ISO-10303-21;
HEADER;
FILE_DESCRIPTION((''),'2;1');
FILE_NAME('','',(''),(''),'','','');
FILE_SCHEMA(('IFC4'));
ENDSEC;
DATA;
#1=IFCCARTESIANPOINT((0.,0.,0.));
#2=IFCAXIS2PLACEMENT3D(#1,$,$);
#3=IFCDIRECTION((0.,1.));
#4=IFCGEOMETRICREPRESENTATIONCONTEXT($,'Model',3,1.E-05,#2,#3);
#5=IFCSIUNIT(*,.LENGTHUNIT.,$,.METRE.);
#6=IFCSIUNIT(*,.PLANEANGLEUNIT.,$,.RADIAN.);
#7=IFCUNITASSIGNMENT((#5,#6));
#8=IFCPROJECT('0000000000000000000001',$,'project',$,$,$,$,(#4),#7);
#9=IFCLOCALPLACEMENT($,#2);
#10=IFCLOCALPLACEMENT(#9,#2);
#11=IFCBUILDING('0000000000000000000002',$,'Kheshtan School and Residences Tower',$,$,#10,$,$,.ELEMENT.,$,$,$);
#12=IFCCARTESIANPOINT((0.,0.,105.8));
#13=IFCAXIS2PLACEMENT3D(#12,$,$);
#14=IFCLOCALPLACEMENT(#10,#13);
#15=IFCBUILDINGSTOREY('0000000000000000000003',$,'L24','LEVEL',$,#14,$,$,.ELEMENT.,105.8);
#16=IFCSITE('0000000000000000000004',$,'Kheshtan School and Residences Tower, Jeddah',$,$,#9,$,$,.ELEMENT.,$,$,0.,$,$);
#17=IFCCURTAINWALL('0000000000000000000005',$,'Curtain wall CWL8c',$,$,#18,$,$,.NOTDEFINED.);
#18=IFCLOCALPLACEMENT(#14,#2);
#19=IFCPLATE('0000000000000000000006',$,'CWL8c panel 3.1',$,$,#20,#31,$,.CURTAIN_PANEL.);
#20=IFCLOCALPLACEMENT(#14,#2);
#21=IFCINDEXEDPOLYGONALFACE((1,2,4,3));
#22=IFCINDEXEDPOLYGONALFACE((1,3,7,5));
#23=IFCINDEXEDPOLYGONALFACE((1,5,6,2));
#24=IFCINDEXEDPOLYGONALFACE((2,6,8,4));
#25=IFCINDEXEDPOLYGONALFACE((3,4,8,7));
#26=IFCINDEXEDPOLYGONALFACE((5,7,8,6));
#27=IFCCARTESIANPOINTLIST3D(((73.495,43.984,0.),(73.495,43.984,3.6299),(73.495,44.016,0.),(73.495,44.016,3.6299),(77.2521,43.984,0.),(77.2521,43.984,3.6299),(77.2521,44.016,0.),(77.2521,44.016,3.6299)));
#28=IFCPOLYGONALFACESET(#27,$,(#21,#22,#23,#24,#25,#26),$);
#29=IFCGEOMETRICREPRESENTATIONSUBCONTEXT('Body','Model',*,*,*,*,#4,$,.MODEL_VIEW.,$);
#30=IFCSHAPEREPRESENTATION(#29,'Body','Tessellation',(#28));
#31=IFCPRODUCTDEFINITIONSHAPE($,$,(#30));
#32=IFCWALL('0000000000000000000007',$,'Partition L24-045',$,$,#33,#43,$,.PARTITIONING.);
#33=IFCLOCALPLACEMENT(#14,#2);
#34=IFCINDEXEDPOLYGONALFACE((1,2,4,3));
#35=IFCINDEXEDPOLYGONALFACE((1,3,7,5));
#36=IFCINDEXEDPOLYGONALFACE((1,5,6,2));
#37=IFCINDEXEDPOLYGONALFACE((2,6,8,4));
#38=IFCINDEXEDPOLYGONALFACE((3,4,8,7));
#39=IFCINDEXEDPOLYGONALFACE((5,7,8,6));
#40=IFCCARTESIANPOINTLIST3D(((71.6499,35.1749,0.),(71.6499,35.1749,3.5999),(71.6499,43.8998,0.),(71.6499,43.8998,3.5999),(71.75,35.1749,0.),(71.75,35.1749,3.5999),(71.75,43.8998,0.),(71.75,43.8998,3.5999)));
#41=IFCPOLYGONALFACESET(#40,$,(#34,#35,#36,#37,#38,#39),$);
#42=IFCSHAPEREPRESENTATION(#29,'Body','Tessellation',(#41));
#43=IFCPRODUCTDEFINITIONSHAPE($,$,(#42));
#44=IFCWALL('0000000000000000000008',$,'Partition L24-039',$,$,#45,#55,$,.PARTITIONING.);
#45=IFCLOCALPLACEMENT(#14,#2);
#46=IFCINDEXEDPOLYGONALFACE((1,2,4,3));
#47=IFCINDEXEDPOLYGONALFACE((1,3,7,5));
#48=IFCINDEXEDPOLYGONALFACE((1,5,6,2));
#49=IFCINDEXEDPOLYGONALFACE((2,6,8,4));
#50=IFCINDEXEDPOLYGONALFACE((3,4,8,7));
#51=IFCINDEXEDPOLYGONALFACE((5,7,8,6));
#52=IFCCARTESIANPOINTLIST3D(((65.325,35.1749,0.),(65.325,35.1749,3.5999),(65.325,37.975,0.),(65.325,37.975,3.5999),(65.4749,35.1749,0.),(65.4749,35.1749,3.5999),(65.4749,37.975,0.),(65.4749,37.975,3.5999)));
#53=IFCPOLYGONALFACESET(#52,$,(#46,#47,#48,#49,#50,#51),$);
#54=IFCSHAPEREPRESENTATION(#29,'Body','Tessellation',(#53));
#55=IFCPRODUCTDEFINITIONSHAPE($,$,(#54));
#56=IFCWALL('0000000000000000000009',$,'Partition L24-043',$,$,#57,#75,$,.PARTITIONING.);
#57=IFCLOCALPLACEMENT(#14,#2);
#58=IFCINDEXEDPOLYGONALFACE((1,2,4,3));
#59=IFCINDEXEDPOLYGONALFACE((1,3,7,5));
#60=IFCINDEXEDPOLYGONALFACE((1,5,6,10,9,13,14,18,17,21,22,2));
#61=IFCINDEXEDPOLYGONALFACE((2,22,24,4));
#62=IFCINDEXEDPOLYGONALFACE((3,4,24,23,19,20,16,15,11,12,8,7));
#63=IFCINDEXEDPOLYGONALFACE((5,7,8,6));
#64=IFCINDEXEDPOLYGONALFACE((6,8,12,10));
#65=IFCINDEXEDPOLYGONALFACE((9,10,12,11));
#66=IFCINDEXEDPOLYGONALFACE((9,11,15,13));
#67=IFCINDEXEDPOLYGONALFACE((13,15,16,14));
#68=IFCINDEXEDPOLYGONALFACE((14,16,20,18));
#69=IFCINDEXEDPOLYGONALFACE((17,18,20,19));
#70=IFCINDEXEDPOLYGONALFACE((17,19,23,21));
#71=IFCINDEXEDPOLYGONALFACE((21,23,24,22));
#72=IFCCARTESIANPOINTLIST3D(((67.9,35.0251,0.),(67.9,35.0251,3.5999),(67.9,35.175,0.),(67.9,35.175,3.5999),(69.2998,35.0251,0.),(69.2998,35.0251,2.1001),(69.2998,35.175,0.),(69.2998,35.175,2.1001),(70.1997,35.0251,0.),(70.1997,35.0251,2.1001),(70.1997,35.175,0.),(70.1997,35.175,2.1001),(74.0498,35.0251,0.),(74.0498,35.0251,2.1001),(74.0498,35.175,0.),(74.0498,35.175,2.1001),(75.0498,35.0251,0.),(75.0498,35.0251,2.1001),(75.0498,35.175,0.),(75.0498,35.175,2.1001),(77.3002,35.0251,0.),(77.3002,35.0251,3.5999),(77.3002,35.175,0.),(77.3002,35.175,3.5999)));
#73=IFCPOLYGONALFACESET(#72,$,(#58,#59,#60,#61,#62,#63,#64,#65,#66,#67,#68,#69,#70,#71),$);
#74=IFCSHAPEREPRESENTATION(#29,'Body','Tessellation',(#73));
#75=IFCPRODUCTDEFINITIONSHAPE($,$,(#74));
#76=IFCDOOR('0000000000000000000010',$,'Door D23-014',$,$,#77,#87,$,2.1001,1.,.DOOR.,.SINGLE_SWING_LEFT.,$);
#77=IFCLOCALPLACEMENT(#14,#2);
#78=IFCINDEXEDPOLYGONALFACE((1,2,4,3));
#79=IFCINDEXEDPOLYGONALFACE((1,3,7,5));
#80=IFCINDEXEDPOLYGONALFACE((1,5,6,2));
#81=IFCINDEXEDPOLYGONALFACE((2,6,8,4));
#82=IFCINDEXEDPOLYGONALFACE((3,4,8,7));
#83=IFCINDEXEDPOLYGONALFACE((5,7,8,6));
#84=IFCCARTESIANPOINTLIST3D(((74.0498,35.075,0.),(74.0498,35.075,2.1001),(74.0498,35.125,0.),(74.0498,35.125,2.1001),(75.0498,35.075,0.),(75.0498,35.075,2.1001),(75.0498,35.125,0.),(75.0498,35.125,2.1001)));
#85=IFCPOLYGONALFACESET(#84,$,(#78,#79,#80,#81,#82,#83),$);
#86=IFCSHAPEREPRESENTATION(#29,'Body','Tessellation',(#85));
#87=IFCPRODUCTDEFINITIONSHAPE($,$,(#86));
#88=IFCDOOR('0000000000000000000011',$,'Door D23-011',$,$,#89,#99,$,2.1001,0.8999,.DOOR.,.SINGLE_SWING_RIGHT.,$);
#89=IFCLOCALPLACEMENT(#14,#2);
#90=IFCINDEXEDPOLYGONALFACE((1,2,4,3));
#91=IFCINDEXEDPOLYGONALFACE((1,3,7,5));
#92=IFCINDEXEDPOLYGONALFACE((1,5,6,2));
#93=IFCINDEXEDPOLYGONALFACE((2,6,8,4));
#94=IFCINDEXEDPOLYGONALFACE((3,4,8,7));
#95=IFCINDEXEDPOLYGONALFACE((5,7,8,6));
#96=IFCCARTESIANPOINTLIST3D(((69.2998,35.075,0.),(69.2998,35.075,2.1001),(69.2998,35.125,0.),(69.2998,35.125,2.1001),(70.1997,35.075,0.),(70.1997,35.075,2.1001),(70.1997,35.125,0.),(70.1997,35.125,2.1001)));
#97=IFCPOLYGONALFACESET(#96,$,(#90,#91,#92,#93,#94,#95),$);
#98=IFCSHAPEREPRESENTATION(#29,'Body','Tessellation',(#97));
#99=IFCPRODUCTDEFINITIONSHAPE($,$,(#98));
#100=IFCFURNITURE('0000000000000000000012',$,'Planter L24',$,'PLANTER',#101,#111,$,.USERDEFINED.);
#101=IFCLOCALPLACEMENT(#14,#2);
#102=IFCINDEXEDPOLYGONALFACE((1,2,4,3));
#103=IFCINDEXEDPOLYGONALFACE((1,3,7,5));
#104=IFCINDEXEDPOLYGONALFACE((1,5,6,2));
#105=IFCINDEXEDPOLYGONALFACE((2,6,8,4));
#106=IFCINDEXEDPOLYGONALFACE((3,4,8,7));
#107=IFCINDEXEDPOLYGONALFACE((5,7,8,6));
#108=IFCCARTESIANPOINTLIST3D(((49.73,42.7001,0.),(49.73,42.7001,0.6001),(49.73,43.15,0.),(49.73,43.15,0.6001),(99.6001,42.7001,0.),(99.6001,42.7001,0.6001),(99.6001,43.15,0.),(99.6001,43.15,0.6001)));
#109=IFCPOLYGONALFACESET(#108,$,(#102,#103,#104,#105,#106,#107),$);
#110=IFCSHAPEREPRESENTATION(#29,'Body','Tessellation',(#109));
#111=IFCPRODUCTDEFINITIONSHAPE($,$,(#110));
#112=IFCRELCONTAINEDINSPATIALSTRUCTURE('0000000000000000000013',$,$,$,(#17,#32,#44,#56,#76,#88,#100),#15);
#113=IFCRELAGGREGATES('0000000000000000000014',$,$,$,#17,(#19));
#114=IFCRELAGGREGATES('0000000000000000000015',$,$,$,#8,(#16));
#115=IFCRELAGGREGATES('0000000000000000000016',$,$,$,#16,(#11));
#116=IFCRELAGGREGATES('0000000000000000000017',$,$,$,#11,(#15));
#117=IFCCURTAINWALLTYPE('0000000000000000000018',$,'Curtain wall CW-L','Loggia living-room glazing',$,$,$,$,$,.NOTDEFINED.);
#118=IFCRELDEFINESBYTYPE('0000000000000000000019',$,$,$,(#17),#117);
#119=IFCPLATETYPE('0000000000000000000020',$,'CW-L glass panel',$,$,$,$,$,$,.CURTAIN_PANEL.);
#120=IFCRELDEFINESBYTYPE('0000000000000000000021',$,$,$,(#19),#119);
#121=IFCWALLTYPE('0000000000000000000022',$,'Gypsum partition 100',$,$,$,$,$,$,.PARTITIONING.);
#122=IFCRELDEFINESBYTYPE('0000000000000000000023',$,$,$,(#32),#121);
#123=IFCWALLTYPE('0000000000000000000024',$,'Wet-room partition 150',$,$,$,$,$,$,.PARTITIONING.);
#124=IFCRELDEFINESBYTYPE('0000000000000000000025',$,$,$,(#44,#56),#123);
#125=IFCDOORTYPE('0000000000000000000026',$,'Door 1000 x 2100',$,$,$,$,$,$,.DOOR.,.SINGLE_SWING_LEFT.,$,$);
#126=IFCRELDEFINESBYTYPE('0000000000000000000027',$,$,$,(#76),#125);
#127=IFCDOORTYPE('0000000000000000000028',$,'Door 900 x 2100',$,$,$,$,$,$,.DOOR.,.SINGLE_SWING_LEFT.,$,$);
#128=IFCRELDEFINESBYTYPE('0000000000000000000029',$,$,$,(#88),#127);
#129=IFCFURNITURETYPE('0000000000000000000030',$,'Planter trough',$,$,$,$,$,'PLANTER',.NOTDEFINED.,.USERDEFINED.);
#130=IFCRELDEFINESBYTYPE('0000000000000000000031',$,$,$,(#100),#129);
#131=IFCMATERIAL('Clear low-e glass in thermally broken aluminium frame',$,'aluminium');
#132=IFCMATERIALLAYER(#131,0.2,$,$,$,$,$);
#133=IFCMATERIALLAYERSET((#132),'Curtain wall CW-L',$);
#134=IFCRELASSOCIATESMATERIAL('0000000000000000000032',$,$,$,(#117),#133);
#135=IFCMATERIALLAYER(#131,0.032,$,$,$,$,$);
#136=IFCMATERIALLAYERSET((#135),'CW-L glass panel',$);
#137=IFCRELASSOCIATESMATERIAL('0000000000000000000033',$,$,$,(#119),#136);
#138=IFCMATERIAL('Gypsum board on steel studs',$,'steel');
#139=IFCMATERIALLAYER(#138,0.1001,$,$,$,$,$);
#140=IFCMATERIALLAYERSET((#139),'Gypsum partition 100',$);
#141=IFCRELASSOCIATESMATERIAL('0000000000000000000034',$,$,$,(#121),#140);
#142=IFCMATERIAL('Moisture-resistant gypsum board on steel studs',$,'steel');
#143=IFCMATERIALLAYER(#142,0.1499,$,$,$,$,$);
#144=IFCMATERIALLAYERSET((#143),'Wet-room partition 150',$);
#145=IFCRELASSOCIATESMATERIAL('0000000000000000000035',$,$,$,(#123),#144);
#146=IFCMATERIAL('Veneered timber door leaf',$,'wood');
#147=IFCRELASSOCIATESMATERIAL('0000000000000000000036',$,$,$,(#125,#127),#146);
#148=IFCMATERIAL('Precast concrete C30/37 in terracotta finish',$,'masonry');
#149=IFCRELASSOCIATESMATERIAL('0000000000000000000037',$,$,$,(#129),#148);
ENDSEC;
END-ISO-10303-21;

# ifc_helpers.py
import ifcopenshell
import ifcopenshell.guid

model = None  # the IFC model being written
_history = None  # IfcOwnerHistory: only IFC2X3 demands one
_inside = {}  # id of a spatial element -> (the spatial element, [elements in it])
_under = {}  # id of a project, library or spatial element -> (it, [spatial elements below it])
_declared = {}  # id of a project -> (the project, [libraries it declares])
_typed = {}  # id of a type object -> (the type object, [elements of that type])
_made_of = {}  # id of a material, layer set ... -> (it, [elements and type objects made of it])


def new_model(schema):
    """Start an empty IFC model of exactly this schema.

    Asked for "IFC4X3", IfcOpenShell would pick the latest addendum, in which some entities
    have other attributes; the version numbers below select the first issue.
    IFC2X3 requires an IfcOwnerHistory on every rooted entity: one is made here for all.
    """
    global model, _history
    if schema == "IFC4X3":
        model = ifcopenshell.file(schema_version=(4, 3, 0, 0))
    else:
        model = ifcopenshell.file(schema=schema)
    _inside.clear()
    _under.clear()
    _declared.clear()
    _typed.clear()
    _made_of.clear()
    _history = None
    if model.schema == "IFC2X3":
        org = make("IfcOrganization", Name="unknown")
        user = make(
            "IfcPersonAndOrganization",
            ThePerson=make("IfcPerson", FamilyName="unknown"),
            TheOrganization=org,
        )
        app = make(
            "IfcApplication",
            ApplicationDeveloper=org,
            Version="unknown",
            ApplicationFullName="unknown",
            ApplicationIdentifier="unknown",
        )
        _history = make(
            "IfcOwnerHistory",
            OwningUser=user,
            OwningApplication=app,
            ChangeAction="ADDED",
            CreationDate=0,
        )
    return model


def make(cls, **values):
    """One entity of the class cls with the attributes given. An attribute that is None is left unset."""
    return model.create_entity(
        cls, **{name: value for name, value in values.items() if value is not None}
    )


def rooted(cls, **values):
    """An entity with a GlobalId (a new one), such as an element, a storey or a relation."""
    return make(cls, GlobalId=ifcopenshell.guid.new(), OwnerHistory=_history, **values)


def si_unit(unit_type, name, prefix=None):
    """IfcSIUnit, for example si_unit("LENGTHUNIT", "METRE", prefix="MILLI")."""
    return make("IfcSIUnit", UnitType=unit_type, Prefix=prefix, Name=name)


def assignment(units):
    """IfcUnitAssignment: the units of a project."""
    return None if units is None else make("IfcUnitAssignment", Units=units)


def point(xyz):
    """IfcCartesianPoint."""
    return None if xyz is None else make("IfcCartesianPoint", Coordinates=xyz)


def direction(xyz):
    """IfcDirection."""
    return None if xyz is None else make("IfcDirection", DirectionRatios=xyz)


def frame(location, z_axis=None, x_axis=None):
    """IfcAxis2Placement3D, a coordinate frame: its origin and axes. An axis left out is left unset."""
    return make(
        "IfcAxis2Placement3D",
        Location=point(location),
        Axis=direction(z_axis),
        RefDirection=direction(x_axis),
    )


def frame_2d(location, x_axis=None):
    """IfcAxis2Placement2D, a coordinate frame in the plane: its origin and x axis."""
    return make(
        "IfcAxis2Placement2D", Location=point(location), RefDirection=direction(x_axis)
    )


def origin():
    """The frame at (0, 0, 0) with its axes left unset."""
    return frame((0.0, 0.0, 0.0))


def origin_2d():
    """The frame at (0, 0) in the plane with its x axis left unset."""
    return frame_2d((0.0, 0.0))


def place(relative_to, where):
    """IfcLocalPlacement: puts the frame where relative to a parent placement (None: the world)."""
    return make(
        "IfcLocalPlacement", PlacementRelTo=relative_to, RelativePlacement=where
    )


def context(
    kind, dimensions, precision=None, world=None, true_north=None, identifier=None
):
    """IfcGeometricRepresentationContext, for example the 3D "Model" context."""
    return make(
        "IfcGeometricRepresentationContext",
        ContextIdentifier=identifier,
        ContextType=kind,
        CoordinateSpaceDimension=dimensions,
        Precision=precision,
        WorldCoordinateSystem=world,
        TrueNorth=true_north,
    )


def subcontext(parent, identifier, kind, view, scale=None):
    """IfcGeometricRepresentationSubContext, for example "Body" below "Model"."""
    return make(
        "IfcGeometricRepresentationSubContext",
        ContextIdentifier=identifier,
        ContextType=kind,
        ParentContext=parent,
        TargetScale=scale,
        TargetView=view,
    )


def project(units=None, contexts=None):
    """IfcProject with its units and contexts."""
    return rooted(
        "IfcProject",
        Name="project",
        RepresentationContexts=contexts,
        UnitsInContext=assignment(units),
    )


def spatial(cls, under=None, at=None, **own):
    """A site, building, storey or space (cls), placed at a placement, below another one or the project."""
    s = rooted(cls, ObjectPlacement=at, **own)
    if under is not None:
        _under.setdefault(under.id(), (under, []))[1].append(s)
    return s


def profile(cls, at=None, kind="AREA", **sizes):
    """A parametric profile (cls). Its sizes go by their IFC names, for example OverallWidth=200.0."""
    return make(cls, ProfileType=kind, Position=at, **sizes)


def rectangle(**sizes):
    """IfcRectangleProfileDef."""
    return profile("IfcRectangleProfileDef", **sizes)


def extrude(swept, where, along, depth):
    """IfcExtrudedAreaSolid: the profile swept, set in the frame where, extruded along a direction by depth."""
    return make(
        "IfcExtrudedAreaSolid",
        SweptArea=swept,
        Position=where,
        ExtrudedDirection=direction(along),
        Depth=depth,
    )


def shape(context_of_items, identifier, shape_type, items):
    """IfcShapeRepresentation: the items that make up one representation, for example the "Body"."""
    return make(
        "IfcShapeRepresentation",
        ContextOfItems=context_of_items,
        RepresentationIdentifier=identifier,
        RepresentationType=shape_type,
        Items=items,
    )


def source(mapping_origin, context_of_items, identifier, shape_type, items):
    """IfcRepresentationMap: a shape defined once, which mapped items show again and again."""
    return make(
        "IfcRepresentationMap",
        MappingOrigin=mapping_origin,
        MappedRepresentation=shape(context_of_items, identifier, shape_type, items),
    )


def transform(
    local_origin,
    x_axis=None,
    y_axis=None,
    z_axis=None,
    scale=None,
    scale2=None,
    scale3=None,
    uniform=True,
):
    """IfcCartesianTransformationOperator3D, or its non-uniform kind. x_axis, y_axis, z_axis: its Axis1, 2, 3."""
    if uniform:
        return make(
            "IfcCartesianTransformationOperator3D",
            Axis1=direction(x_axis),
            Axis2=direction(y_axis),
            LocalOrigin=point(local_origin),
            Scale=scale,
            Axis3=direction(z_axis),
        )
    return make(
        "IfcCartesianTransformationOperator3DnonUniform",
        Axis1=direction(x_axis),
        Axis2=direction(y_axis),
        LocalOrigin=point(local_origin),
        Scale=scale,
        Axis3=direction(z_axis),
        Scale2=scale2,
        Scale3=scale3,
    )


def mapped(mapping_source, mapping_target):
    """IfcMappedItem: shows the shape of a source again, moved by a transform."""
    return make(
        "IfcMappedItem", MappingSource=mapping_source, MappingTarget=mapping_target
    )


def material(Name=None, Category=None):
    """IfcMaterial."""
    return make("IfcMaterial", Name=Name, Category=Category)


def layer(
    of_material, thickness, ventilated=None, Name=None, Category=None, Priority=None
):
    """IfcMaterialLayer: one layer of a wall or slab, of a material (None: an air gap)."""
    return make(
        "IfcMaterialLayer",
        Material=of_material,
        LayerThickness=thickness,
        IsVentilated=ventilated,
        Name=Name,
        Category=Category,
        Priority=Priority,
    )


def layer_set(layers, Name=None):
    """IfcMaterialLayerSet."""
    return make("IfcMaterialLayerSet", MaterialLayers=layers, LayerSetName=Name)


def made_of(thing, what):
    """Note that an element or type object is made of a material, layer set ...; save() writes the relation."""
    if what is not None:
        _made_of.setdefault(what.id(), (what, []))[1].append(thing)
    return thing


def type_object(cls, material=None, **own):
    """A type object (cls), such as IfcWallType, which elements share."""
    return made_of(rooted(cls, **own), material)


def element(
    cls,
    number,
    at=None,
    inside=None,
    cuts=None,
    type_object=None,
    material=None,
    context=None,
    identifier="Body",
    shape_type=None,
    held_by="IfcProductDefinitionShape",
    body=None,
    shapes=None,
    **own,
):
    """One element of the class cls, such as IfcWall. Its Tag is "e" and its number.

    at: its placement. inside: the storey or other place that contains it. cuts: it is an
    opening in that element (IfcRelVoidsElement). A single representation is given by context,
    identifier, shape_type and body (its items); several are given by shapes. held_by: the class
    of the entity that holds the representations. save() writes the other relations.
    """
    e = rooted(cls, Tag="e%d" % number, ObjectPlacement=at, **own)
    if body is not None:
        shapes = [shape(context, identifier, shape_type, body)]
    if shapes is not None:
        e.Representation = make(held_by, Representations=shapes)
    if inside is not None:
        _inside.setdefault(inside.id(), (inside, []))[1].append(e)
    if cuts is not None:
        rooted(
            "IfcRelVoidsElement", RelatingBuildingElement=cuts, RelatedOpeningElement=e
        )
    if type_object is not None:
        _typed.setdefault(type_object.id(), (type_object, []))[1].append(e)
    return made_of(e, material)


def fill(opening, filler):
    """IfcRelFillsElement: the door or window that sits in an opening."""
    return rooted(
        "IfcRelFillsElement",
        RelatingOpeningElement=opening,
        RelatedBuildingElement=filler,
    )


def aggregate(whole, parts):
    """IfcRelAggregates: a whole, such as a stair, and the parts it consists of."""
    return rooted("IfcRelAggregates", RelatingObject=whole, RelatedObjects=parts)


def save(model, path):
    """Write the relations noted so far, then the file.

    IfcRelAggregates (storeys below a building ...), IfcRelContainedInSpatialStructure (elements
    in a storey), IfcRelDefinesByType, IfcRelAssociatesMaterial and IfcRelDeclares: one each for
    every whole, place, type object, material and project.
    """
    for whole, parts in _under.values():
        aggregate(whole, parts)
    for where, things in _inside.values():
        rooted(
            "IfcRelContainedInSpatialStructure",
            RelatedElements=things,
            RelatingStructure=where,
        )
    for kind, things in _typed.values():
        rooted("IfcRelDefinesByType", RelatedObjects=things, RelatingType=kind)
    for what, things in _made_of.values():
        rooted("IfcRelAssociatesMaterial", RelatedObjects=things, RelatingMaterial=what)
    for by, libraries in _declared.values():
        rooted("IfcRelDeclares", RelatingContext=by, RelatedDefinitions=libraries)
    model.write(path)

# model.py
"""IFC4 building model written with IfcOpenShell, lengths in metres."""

from ifc_helpers import new_model, si_unit, direction, frame, frame_2d, origin, origin_2d, place, context, subcontext, project, spatial, rectangle, extrude, source, transform, mapped, material, layer, layer_set, type_object, element, fill, aggregate, save


model = new_model("IFC4")

# Units and contexts
model_context = context("Model", 3, precision=1e-05, world=origin(), true_north=direction((0.0, 1.0)))
body_context = subcontext(model_context, "Body", "Model", "MODEL_VIEW")
ifc_project = project(units=[si_unit("LENGTHUNIT", "METRE"), si_unit("PLANEANGLEUNIT", "RADIAN")], contexts=[model_context])

# Site, building, storey
site_placement = place(None, origin())
site = spatial("IfcSite", under=ifc_project, at=site_placement, Name="Kheshtan School and Residences Tower, Jeddah", CompositionType="ELEMENT", RefElevation=0.0)
building_placement = place(site_placement, origin())
building = spatial("IfcBuilding", under=site, at=building_placement, Name="Kheshtan School and Residences Tower", CompositionType="ELEMENT")
storey_placement = place(building_placement, frame((0.0, 0.0, 105.8)))
storey = spatial("IfcBuildingStorey", under=building, at=storey_placement, Name="L24", Description="LEVEL", CompositionType="ELEMENT", Elevation=105.8)

# Curtain wall
ifc_material_1 = material(Name="Clear low-e glass in thermally broken aluminium frame", Category="aluminium")
ifc_layer_1 = layer(ifc_material_1, 0.2)
ifc_layer_set_1 = layer_set([ifc_layer_1], Name="Curtain wall CW-L")
curtain_wall_type = type_object("IfcCurtainWallType", Name="Curtain wall CW-L", Description="Loggia living-room glazing", PredefinedType="NOTDEFINED", material=ifc_layer_set_1)
curtain_wall_1_placement = place(storey_placement, origin())
curtain_wall_1 = element("IfcCurtainWall", 1, at=curtain_wall_1_placement, inside=storey, type_object=curtain_wall_type, Name="Curtain wall CWL8c", PredefinedType="NOTDEFINED")

# Plate
ifc_layer_2 = layer(ifc_material_1, 0.032)
ifc_layer_set_2 = layer_set([ifc_layer_2], Name="CW-L glass panel")
plate_type = type_object("IfcPlateType", Name="CW-L glass panel", PredefinedType="CURTAIN_PANEL", material=ifc_layer_set_2)
plate_1_placement = place(storey_placement, frame((75.3735, 44.0, 0.0), z_axis=(0.0, 0.0, 1.0), x_axis=(1.0, 0.0, 0.0)))
plate_1 = element("IfcPlate", 2, at=plate_1_placement, type_object=plate_type, Name="CWL8c panel 3.1", PredefinedType="CURTAIN_PANEL", context=body_context, shape_type="SweptSolid", body=[
    extrude(rectangle(XDim=3.7571, YDim=0.032, at=origin_2d()), origin(), (0.0, 0.0, 1.0), 3.6299),
])
aggregate(curtain_wall_1, [plate_1])

# Walls
ifc_material_2 = material(Name="Gypsum board on steel studs", Category="steel")
ifc_layer_3 = layer(ifc_material_2, 0.1001)
ifc_layer_set_3 = layer_set([ifc_layer_3], Name="Gypsum partition 100")
wall_type_1 = type_object("IfcWallType", Name="Gypsum partition 100", PredefinedType="PARTITIONING", material=ifc_layer_set_3)
wall_1_placement = place(storey_placement, frame((71.7, 35.175, 0.0), z_axis=(0.0, 0.0, 1.0), x_axis=(0.0, 1.0, 0.0)))
element("IfcWall", 3, at=wall_1_placement, inside=storey, type_object=wall_type_1, Name="Partition L24-045", PredefinedType="PARTITIONING", context=body_context, shape_type="SweptSolid", body=[
    extrude(rectangle(XDim=8.7249, YDim=0.1001, at=frame_2d((4.3623, 0.0))), origin(), (0.0, 0.0, 1.0), 3.5999),
])
ifc_material_3 = material(Name="Moisture-resistant gypsum board on steel studs", Category="steel")
ifc_layer_4 = layer(ifc_material_3, 0.1499)
ifc_layer_set_4 = layer_set([ifc_layer_4], Name="Wet-room partition 150")
wall_type_2 = type_object("IfcWallType", Name="Wet-room partition 150", PredefinedType="PARTITIONING", material=ifc_layer_set_4)
wall_2_placement = place(storey_placement, frame((65.3999, 35.175, 0.0), z_axis=(0.0, 0.0, 1.0), x_axis=(0.0, 1.0, 0.0)))
element("IfcWall", 4, at=wall_2_placement, inside=storey, type_object=wall_type_2, Name="Partition L24-039", PredefinedType="PARTITIONING", context=body_context, shape_type="SweptSolid", body=[
    extrude(rectangle(XDim=2.8, YDim=0.1499, at=frame_2d((1.3999, 0.0))), origin(), (0.0, 0.0, 1.0), 3.5999),
])

# Wall, openings, doors
wall_3_placement = place(storey_placement, frame((67.8999, 35.1001, 0.0), z_axis=(0.0, 0.0, 1.0), x_axis=(1.0, 0.0, 0.0)))
wall_3 = element("IfcWall", 5, at=wall_3_placement, inside=storey, type_object=wall_type_2, Name="Partition L24-043", PredefinedType="PARTITIONING", context=body_context, shape_type="SweptSolid", body=[
    extrude(rectangle(XDim=9.4001, YDim=0.1499, at=frame_2d((4.7002, 0.0))), origin(), (0.0, 0.0, 1.0), 3.5999),
])
opening_1_placement = place(wall_3_placement, frame((1.3999, 0.0, 0.0)))
opening_1 = element("IfcOpeningElement", 6, at=opening_1_placement, cuts=wall_3, PredefinedType="OPENING", context=body_context, shape_type="SweptSolid", body=[
    extrude(rectangle(XDim=0.8999, YDim=2.1001, at=frame_2d((0.45, 1.05))), frame((0.0, 0.085, 0.0), z_axis=(0.0, -1.0, 0.0), x_axis=(1.0, 0.0, 0.0)), (0.0, 0.0, 1.0), 0.1699),
])
opening_2_placement = place(wall_3_placement, frame((6.1499, 0.0, 0.0)))
opening_2 = element("IfcOpeningElement", 7, at=opening_2_placement, cuts=wall_3, PredefinedType="OPENING", context=body_context, shape_type="SweptSolid", body=[
    extrude(rectangle(XDim=1.0, YDim=2.1001, at=frame_2d((0.5, 1.05))), frame((0.0, 0.085, 0.0), z_axis=(0.0, -1.0, 0.0), x_axis=(1.0, 0.0, 0.0)), (0.0, 0.0, 1.0), 0.1699),
])
ifc_material_4 = material(Name="Veneered timber door leaf", Category="wood")
door_type_1 = type_object("IfcDoorType", Name="Door 1000 x 2100", OperationType="SINGLE_SWING_LEFT", PredefinedType="DOOR", material=ifc_material_4)
shared_shape_1 = source(origin(), body_context, "Body", "SweptSolid", [
    extrude(rectangle(XDim=1.0, YDim=2.1001, at=frame_2d((0.5, 1.05))), frame((0.0, 0.0249, 0.0), z_axis=(0.0, -1.0, 0.0), x_axis=(1.0, 0.0, 0.0)), (0.0, 0.0, 1.0), 0.05),
])
door_1_placement = place(opening_2_placement, origin())
door_1 = element("IfcDoor", 8, at=door_1_placement, inside=storey, type_object=door_type_1, Name="Door D23-014", OperationType="SINGLE_SWING_LEFT", OverallHeight=2.1001, OverallWidth=1.0, PredefinedType="DOOR", context=body_context, shape_type="MappedRepresentation", body=[
    mapped(shared_shape_1, transform((0.0, 0.0, 0.0), x_axis=(1.0, 0.0, 0.0), y_axis=(0.0, 1.0, 0.0), z_axis=(0.0, 0.0, 1.0), scale=1.0)),
])
fill(opening_2, door_1)
door_type_2 = type_object("IfcDoorType", Name="Door 900 x 2100", OperationType="SINGLE_SWING_LEFT", PredefinedType="DOOR", material=ifc_material_4)
shared_shape_2 = source(origin(), body_context, "Body", "SweptSolid", [
    extrude(rectangle(XDim=0.8999, YDim=2.1001, at=frame_2d((0.45, 1.05))), frame((0.0, 0.0249, 0.0), z_axis=(0.0, -1.0, 0.0), x_axis=(1.0, 0.0, 0.0)), (0.0, 0.0, 1.0), 0.05),
])
door_2_placement = place(opening_1_placement, origin())
door_2 = element("IfcDoor", 9, at=door_2_placement, inside=storey, type_object=door_type_2, Name="Door D23-011", OperationType="SINGLE_SWING_RIGHT", OverallHeight=2.1001, OverallWidth=0.8999, PredefinedType="DOOR", context=body_context, shape_type="MappedRepresentation", body=[
    mapped(shared_shape_2, transform((0.0, 0.0, 0.0), x_axis=(1.0, 0.0, 0.0), y_axis=(0.0, 1.0, 0.0), z_axis=(0.0, 0.0, 1.0), scale=1.0)),
])
fill(opening_1, door_2)

# Furniture
ifc_material_5 = material(Name="Precast concrete C30/37 in terracotta finish", Category="masonry")
furniture_type = type_object("IfcFurnitureType", Name="Planter trough", ElementType="PLANTER", AssemblyPlace="NOTDEFINED", PredefinedType="USERDEFINED", material=ifc_material_5)
furniture_placement = place(storey_placement, frame((74.665, 42.925, 0.0), z_axis=(0.0, 0.0, 1.0), x_axis=(1.0, 0.0, 0.0)))
element("IfcFurniture", 10, at=furniture_placement, inside=storey, type_object=furniture_type, Name="Planter L24", ObjectType="PLANTER", PredefinedType="USERDEFINED", context=body_context, shape_type="SweptSolid", body=[
    extrude(rectangle(XDim=49.8701, YDim=0.45, at=origin_2d()), origin(), (0.0, 0.0, 1.0), 0.6001),
])

save(model, "model.ifc")
